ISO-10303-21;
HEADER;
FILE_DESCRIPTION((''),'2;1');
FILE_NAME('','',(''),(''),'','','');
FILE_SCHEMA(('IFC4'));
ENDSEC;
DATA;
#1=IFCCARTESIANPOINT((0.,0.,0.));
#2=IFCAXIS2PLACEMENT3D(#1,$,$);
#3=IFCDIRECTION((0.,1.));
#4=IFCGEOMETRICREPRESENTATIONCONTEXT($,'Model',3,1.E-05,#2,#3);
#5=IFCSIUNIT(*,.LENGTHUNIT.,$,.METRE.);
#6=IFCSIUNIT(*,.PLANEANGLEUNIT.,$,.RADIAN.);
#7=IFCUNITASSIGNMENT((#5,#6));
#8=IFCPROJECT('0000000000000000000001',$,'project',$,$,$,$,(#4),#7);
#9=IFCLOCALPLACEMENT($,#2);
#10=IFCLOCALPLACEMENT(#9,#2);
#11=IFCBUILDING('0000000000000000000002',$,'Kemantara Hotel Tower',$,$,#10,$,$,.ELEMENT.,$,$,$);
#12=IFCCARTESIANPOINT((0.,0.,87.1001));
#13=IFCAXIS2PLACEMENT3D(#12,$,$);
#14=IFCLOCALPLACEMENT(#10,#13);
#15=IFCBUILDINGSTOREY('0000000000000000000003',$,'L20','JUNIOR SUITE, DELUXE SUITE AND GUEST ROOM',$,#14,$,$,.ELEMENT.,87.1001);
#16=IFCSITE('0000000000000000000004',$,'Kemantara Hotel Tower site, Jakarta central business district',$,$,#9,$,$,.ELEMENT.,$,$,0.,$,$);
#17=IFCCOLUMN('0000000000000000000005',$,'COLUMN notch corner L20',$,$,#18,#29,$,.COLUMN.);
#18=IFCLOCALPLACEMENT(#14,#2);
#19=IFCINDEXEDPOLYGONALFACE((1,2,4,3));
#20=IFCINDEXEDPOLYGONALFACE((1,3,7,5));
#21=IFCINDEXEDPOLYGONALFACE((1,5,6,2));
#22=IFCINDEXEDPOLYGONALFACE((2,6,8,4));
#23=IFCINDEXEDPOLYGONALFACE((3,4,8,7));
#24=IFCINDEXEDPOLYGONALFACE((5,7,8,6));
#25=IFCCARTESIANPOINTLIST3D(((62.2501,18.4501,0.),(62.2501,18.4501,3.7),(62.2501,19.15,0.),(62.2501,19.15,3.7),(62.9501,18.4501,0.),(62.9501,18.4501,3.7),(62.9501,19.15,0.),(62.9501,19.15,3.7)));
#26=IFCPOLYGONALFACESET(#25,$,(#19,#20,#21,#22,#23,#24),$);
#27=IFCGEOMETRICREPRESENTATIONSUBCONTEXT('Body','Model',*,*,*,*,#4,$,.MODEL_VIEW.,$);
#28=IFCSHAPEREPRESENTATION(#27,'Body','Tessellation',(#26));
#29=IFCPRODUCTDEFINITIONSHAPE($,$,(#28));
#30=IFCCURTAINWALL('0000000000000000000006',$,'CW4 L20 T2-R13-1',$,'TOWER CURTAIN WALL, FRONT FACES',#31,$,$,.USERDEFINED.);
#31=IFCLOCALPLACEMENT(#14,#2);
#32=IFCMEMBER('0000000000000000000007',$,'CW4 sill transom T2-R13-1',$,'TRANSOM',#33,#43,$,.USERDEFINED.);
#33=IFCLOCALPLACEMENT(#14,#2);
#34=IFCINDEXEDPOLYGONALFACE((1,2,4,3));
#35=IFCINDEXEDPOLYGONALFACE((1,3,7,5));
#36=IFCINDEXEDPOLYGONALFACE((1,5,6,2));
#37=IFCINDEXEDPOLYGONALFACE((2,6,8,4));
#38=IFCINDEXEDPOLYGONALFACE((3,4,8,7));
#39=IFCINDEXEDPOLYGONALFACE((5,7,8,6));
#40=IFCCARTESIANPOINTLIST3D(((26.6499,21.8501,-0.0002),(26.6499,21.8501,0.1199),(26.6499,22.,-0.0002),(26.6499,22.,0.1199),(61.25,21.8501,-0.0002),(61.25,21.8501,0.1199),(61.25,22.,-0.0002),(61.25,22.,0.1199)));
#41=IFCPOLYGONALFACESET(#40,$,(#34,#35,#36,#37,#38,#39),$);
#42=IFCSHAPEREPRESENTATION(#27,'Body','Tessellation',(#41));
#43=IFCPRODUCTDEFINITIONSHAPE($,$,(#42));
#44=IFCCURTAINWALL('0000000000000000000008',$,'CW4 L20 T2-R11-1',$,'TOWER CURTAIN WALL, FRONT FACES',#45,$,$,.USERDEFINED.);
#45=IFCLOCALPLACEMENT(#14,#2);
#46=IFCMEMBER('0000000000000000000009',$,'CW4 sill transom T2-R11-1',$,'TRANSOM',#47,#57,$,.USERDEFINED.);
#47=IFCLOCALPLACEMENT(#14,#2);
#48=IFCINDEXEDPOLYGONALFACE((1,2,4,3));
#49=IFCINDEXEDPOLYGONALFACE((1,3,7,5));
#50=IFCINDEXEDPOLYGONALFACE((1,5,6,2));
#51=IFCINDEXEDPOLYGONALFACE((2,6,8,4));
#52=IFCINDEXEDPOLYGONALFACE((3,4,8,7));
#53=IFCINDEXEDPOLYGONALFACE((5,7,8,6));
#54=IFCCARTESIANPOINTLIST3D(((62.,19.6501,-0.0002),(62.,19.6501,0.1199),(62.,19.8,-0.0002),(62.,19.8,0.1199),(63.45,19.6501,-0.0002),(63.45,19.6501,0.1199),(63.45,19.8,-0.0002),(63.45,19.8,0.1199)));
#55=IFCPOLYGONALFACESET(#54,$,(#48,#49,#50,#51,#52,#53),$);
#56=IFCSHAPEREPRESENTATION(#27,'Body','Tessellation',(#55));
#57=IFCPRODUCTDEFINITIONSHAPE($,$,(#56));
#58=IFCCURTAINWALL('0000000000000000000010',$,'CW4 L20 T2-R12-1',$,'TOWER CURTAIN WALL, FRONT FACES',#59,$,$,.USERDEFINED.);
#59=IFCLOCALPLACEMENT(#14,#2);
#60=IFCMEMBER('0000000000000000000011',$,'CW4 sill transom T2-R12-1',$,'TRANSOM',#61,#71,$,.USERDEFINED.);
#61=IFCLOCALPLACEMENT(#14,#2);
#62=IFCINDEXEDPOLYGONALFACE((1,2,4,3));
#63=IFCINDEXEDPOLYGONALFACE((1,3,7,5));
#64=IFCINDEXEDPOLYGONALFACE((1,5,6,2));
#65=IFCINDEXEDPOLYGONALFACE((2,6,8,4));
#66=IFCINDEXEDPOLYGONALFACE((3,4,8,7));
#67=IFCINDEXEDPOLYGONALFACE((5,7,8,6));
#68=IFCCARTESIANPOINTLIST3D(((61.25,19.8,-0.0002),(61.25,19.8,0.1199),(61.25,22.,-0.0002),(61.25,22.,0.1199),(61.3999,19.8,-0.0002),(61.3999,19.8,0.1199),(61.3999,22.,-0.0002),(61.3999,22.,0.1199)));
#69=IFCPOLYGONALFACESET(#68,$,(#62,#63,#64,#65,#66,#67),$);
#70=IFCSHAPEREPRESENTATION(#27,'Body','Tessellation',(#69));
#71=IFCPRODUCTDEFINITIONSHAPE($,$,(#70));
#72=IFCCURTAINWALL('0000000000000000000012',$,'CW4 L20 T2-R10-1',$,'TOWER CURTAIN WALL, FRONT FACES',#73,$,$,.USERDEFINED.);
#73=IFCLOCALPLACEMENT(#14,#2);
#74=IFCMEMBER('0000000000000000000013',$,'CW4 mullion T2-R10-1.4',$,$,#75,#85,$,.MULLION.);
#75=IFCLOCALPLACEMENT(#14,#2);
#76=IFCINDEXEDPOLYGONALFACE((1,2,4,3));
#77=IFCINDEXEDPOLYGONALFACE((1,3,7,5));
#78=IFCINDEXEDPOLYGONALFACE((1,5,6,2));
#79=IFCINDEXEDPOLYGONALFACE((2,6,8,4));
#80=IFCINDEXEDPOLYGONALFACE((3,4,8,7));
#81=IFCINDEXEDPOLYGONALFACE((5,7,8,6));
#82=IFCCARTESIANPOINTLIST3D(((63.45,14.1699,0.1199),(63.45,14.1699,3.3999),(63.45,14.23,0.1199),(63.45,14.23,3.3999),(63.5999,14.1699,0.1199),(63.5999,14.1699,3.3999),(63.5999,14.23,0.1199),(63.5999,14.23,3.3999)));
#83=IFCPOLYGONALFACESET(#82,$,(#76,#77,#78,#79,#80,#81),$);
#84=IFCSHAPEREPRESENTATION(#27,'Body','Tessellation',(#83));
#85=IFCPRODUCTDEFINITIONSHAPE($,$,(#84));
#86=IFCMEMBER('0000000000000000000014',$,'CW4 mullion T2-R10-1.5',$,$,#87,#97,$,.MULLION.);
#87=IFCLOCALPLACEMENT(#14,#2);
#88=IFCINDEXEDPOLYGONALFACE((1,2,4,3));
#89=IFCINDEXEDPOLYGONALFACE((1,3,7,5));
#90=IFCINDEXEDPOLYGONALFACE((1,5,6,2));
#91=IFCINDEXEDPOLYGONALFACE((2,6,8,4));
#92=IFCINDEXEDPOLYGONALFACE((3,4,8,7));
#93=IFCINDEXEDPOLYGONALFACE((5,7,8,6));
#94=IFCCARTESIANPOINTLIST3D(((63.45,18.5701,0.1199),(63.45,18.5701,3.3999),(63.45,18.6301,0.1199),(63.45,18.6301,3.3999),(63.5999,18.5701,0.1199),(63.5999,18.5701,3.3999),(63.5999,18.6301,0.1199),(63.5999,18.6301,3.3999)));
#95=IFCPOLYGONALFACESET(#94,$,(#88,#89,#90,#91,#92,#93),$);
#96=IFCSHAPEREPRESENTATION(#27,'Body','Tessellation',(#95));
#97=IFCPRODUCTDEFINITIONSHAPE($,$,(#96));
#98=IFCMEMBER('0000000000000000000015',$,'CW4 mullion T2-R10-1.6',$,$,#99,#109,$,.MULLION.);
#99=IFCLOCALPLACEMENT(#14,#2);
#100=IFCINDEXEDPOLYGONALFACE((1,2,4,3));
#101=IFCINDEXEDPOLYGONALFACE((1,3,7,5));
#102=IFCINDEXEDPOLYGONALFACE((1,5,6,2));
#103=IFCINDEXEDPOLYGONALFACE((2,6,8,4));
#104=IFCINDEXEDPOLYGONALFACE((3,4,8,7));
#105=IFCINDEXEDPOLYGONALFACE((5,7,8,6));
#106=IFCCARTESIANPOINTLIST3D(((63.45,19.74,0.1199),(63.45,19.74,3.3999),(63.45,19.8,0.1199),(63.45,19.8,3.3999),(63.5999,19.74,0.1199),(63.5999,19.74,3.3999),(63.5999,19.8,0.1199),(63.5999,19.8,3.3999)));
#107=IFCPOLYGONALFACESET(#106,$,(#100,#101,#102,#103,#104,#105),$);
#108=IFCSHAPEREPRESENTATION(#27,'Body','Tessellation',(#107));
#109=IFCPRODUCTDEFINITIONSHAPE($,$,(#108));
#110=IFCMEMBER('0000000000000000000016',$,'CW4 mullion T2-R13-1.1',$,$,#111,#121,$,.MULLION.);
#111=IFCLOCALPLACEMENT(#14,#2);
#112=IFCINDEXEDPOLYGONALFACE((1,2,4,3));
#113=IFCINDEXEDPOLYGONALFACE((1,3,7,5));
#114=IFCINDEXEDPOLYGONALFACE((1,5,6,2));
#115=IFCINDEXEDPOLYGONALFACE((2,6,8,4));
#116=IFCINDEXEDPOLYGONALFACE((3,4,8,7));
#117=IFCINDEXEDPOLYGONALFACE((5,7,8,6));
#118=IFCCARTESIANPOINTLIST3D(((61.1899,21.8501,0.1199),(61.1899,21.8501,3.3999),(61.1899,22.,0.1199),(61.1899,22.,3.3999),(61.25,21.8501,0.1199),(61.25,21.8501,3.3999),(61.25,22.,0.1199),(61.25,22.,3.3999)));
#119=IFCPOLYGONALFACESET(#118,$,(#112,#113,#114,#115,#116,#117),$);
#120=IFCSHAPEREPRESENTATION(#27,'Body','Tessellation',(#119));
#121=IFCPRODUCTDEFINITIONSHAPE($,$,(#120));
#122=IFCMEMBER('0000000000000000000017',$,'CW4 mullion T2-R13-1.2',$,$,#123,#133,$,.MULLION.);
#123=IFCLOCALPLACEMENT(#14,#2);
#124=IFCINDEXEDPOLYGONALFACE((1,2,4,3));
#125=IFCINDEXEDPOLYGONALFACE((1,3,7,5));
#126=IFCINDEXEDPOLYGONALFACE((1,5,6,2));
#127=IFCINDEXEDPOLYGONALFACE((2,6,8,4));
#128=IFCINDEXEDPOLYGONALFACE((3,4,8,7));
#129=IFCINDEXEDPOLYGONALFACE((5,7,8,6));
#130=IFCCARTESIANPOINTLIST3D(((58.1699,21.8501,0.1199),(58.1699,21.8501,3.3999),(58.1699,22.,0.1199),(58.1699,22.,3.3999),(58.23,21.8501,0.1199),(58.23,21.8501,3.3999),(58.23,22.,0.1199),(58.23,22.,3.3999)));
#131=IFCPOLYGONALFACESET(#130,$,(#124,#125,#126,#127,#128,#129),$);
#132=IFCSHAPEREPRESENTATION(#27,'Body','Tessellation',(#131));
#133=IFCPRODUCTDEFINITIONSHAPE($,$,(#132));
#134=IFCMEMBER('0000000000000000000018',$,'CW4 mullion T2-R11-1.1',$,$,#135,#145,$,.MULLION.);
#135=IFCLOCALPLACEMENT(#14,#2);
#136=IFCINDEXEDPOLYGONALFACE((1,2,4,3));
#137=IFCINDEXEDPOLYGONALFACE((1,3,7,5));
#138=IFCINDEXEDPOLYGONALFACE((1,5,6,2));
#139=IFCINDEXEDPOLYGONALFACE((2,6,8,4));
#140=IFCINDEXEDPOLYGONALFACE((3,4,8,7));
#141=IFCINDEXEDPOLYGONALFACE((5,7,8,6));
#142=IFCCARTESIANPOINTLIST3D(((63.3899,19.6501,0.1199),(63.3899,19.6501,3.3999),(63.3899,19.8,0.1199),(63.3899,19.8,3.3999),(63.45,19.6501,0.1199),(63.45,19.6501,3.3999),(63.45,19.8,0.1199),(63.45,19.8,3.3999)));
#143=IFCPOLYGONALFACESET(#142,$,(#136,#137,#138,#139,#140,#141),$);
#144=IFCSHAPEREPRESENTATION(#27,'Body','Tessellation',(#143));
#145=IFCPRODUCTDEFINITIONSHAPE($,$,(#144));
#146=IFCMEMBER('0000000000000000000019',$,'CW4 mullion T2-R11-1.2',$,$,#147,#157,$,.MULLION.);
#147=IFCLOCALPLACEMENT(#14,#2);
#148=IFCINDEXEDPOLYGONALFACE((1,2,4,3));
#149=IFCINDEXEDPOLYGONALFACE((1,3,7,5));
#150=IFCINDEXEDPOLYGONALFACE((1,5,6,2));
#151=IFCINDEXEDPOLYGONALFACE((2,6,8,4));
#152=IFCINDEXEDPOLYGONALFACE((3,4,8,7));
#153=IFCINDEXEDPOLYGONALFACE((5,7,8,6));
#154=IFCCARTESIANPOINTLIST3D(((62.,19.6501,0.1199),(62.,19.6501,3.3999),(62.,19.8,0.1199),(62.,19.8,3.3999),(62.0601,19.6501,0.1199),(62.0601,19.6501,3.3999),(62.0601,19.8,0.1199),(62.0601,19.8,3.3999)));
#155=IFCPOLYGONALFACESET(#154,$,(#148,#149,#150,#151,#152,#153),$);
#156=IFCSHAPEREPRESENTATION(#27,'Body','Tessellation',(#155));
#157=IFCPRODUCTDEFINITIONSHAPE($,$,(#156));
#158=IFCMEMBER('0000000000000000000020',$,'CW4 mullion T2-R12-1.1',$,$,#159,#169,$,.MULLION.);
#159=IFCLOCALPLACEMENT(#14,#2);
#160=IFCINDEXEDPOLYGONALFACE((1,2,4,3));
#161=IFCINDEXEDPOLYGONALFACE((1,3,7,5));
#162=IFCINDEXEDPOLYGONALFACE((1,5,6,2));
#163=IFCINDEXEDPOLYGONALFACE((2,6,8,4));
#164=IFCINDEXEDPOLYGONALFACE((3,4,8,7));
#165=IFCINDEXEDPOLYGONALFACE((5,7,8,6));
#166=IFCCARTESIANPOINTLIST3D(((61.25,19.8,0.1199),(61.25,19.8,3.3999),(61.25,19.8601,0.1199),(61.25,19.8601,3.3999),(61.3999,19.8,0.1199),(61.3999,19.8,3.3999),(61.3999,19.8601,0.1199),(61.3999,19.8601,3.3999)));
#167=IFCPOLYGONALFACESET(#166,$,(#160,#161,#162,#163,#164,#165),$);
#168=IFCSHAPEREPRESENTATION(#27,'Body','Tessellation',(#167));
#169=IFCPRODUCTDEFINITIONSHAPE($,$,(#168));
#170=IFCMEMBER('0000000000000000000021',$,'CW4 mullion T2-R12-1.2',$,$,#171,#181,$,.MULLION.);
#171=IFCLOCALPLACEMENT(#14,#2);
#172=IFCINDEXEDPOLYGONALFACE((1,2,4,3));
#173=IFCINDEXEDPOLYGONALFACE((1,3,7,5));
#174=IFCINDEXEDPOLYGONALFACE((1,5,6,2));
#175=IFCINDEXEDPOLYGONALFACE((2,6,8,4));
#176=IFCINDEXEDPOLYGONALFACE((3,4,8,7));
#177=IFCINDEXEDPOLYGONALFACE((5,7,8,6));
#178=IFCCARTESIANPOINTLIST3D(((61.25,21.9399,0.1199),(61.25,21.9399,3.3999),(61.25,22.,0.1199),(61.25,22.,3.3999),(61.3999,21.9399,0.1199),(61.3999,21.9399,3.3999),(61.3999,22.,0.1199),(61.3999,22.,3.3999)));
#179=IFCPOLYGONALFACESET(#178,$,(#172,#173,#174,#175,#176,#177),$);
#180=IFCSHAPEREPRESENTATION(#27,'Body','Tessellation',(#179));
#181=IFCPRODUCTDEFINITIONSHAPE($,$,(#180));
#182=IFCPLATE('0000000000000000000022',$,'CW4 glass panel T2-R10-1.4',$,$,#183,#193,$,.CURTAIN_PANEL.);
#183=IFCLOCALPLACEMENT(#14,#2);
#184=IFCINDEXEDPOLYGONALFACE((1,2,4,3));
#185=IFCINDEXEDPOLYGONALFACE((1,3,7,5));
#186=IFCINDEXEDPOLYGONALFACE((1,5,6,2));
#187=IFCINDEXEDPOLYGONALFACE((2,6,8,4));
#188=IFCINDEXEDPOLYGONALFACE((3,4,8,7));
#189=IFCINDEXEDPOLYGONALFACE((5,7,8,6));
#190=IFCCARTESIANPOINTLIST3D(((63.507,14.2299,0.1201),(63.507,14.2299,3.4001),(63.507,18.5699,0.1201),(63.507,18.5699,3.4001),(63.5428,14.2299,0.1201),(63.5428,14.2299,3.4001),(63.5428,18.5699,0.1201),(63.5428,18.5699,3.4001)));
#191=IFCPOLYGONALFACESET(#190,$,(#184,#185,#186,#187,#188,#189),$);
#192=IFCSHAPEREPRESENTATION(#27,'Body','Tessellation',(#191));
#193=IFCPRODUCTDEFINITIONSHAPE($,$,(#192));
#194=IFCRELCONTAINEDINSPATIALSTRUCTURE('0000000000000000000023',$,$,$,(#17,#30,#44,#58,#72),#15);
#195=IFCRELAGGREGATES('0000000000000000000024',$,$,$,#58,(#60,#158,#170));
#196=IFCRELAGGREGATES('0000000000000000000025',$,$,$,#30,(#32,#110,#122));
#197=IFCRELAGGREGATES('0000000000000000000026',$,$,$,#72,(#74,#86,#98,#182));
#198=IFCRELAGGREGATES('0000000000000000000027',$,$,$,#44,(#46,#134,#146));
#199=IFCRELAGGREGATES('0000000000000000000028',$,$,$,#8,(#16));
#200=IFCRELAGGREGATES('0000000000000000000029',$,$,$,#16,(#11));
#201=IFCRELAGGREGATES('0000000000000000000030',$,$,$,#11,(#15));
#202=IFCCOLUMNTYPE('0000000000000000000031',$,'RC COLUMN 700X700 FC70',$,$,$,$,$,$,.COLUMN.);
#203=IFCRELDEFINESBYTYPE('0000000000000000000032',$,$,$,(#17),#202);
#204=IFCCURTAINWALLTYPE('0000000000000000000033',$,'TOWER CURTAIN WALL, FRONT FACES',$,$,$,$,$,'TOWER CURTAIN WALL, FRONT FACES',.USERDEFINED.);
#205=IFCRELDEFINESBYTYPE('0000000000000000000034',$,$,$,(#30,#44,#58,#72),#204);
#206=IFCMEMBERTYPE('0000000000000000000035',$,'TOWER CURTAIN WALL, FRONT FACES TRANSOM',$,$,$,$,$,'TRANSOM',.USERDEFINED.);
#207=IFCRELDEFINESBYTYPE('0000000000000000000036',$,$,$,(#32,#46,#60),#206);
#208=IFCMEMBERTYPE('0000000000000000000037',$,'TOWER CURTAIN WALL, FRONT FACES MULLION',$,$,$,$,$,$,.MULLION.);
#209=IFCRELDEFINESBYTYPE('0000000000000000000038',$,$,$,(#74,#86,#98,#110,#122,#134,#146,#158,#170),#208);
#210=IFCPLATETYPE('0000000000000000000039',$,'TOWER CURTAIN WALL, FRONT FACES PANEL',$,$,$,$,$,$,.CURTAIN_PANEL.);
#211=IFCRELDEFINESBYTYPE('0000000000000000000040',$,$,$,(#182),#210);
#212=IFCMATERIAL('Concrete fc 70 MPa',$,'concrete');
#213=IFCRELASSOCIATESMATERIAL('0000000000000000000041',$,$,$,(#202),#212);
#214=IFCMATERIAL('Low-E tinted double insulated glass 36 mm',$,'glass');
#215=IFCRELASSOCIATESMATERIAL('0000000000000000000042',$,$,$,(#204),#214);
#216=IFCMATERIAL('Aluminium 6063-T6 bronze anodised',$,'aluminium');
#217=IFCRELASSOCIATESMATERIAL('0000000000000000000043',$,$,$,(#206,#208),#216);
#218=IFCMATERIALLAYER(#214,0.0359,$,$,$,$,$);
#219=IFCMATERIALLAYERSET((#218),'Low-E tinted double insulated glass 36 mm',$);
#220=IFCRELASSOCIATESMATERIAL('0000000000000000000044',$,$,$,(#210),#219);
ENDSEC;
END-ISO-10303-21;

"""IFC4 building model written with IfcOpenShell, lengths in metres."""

from ifc_helpers import new_model, si_unit, direction, frame, origin, origin_2d, place, context, subcontext, project, spatial, rectangle, extrude, source, transform, mapped, material, layer, layer_set, material_profile, profile_set, type_object, element, aggregate, save


model = new_model("IFC4")

# Units and contexts
model_context = context("Model", 3, precision=1e-05, world=origin(), true_north=direction((0.0, 1.0)))
body_context = subcontext(model_context, "Body", "Model", "MODEL_VIEW")
ifc_project = project(units=[si_unit("LENGTHUNIT", "METRE"), si_unit("PLANEANGLEUNIT", "RADIAN")], contexts=[model_context])

# Site, building, storey
site_placement = place(None, origin())
site = spatial("IfcSite", under=ifc_project, at=site_placement, Name="Kemantara Hotel Tower site, Jakarta central business district", CompositionType="ELEMENT", RefElevation=0.0)
building_placement = place(site_placement, origin())
building = spatial("IfcBuilding", under=site, at=building_placement, Name="Kemantara Hotel Tower", CompositionType="ELEMENT")
storey_placement = place(building_placement, frame((0.0, 0.0, 87.1001)))
storey = spatial("IfcBuildingStorey", under=building, at=storey_placement, Name="L20", Description="JUNIOR SUITE, DELUXE SUITE AND GUEST ROOM", CompositionType="ELEMENT", Elevation=87.1001)

# Column
ifc_material_1 = material(Name="Concrete fc 70 MPa", Category="concrete")
ifc_material_profile_1 = material_profile(ifc_material_1, rectangle(XDim=0.7, YDim=0.7, at=origin_2d()), Name="RC 700X700")
ifc_profile_set_1 = profile_set([ifc_material_profile_1], Name="Concrete fc 70 MPa")
column_type = type_object("IfcColumnType", Name="RC COLUMN 700X700 FC70", PredefinedType="COLUMN", material=ifc_profile_set_1)
column_placement = place(storey_placement, frame((62.6001, 18.8, 0.0), z_axis=(0.0, 0.0, 1.0), x_axis=(1.0, 0.0, 0.0)))
element("IfcColumn", 1, at=column_placement, inside=storey, type_object=column_type, Name="COLUMN notch corner L20", PredefinedType="COLUMN", context=body_context, shape_type="SweptSolid", body=[
    extrude(rectangle(XDim=0.7, YDim=0.7, at=origin_2d()), origin(), (0.0, 0.0, 1.0), 3.7),
])

# Curtain walls, members
ifc_material_2 = material(Name="Low-E tinted double insulated glass 36 mm", Category="glass")
curtain_wall_type = type_object("IfcCurtainWallType", Name="TOWER CURTAIN WALL, FRONT FACES", ElementType="TOWER CURTAIN WALL, FRONT FACES", PredefinedType="USERDEFINED", material=ifc_material_2)
curtain_wall_1_placement = place(storey_placement, origin())
curtain_wall_1 = element("IfcCurtainWall", 2, at=curtain_wall_1_placement, inside=storey, type_object=curtain_wall_type, Name="CW4 L20 T2-R13-1", ObjectType="TOWER CURTAIN WALL, FRONT FACES", PredefinedType="USERDEFINED")
ifc_material_3 = material(Name="Aluminium 6063-T6 bronze anodised", Category="aluminium")
ifc_material_profile_2 = material_profile(ifc_material_3, rectangle(XDim=0.1499, YDim=0.1201, at=origin_2d()), Name="TOWER CURTAIN WALL, FRONT FACES TRANSOM")
ifc_profile_set_2 = profile_set([ifc_material_profile_2], Name="Aluminium 6063-T6 bronze anodised")
member_type_1 = type_object("IfcMemberType", Name="TOWER CURTAIN WALL, FRONT FACES TRANSOM", ElementType="TRANSOM", PredefinedType="USERDEFINED", material=ifc_profile_set_2)
member_1_placement = place(storey_placement, frame((61.25, 21.925, 0.0598), z_axis=(-1.0, 0.0, 0.0), x_axis=(0.0, -1.0, 0.0)))
member_1 = element("IfcMember", 3, at=member_1_placement, type_object=member_type_1, Name="CW4 sill transom T2-R13-1", ObjectType="TRANSOM", PredefinedType="USERDEFINED", context=body_context, shape_type="SweptSolid", body=[
    extrude(rectangle(XDim=0.1499, YDim=0.1201, at=origin_2d()), origin(), (0.0, 0.0, 1.0), 34.6001),
])
curtain_wall_2_placement = place(storey_placement, origin())
curtain_wall_2 = element("IfcCurtainWall", 4, at=curtain_wall_2_placement, inside=storey, type_object=curtain_wall_type, Name="CW4 L20 T2-R11-1", ObjectType="TOWER CURTAIN WALL, FRONT FACES", PredefinedType="USERDEFINED")
member_2_placement = place(storey_placement, frame((63.45, 19.7251, 0.0598), z_axis=(-1.0, 0.0, 0.0), x_axis=(0.0, -1.0, 0.0)))
member_2 = element("IfcMember", 5, at=member_2_placement, type_object=member_type_1, Name="CW4 sill transom T2-R11-1", ObjectType="TRANSOM", PredefinedType="USERDEFINED", context=body_context, shape_type="SweptSolid", body=[
    extrude(rectangle(XDim=0.1499, YDim=0.1201, at=origin_2d()), origin(), (0.0, 0.0, 1.0), 1.45),
])
curtain_wall_3_placement = place(storey_placement, origin())
curtain_wall_3 = element("IfcCurtainWall", 6, at=curtain_wall_3_placement, inside=storey, type_object=curtain_wall_type, Name="CW4 L20 T2-R12-1", ObjectType="TOWER CURTAIN WALL, FRONT FACES", PredefinedType="USERDEFINED")
member_3_placement = place(storey_placement, frame((61.325, 19.8, 0.0598), z_axis=(0.0, 1.0, 0.0), x_axis=(-1.0, 0.0, 0.0)))
member_3 = element("IfcMember", 7, at=member_3_placement, type_object=member_type_1, Name="CW4 sill transom T2-R12-1", ObjectType="TRANSOM", PredefinedType="USERDEFINED", context=body_context, shape_type="SweptSolid", body=[
    extrude(rectangle(XDim=0.1499, YDim=0.1201, at=origin_2d()), origin(), (0.0, 0.0, 1.0), 2.2),
])

# Curtain wall, members
curtain_wall_4_placement = place(storey_placement, origin())
curtain_wall_4 = element("IfcCurtainWall", 8, at=curtain_wall_4_placement, inside=storey, type_object=curtain_wall_type, Name="CW4 L20 T2-R10-1", ObjectType="TOWER CURTAIN WALL, FRONT FACES", PredefinedType="USERDEFINED")
ifc_material_profile_3 = material_profile(ifc_material_3, rectangle(XDim=0.1499, YDim=0.0601, at=origin_2d()), Name="TOWER CURTAIN WALL, FRONT FACES MULLION")
ifc_profile_set_3 = profile_set([ifc_material_profile_3], Name="Aluminium 6063-T6 bronze anodised")
member_type_2 = type_object("IfcMemberType", Name="TOWER CURTAIN WALL, FRONT FACES MULLION", PredefinedType="MULLION", material=ifc_profile_set_3)
shared_shape_1 = source(origin(), body_context, "Body", "SweptSolid", [
    extrude(rectangle(XDim=0.1499, YDim=0.0601, at=origin_2d()), origin(), (0.0, 0.0, 1.0), 3.28),
])
member_4_placement = place(storey_placement, frame((63.5249, 14.2, 0.1199), z_axis=(0.0, 0.0, 1.0), x_axis=(-1.0, 0.0, 0.0)))
member_4 = element("IfcMember", 9, at=member_4_placement, type_object=member_type_2, Name="CW4 mullion T2-R10-1.4", PredefinedType="MULLION", context=body_context, shape_type="MappedRepresentation", body=[
    mapped(shared_shape_1, transform((0.0, 0.0, 0.0))),
])
member_5_placement = place(storey_placement, frame((63.5249, 18.6001, 0.1199), z_axis=(0.0, 0.0, 1.0), x_axis=(-1.0, 0.0, 0.0)))
member_5 = element("IfcMember", 10, at=member_5_placement, type_object=member_type_2, Name="CW4 mullion T2-R10-1.5", PredefinedType="MULLION", context=body_context, shape_type="MappedRepresentation", body=[
    mapped(shared_shape_1, transform((0.0, 0.0, 0.0))),
])
member_6_placement = place(storey_placement, frame((63.5249, 19.77, 0.1199), z_axis=(0.0, 0.0, 1.0), x_axis=(-1.0, 0.0, 0.0)))
member_6 = element("IfcMember", 11, at=member_6_placement, type_object=member_type_2, Name="CW4 mullion T2-R10-1.6", PredefinedType="MULLION", context=body_context, shape_type="MappedRepresentation", body=[
    mapped(shared_shape_1, transform((0.0, 0.0, 0.0))),
])

# Members
member_7_placement = place(storey_placement, frame((61.22, 21.925, 0.1199), z_axis=(0.0, 0.0, 1.0), x_axis=(0.0, -1.0, 0.0)))
member_7 = element("IfcMember", 12, at=member_7_placement, type_object=member_type_2, Name="CW4 mullion T2-R13-1.1", PredefinedType="MULLION", context=body_context, shape_type="MappedRepresentation", body=[
    mapped(shared_shape_1, transform((0.0, 0.0, 0.0))),
])
member_8_placement = place(storey_placement, frame((58.2, 21.925, 0.1199), z_axis=(0.0, 0.0, 1.0), x_axis=(0.0, -1.0, 0.0)))
member_8 = element("IfcMember", 13, at=member_8_placement, type_object=member_type_2, Name="CW4 mullion T2-R13-1.2", PredefinedType="MULLION", context=body_context, shape_type="MappedRepresentation", body=[
    mapped(shared_shape_1, transform((0.0, 0.0, 0.0))),
])
member_9_placement = place(storey_placement, frame((63.4199, 19.7251, 0.1199), z_axis=(0.0, 0.0, 1.0), x_axis=(0.0, -1.0, 0.0)))
member_9 = element("IfcMember", 14, at=member_9_placement, type_object=member_type_2, Name="CW4 mullion T2-R11-1.1", PredefinedType="MULLION", context=body_context, shape_type="MappedRepresentation", body=[
    mapped(shared_shape_1, transform((0.0, 0.0, 0.0))),
])
member_10_placement = place(storey_placement, frame((62.03, 19.7251, 0.1199), z_axis=(0.0, 0.0, 1.0), x_axis=(0.0, -1.0, 0.0)))
member_10 = element("IfcMember", 15, at=member_10_placement, type_object=member_type_2, Name="CW4 mullion T2-R11-1.2", PredefinedType="MULLION", context=body_context, shape_type="MappedRepresentation", body=[
    mapped(shared_shape_1, transform((0.0, 0.0, 0.0))),
])
member_11_placement = place(storey_placement, frame((61.325, 19.8301, 0.1199), z_axis=(0.0, 0.0, 1.0), x_axis=(-1.0, 0.0, 0.0)))
member_11 = element("IfcMember", 16, at=member_11_placement, type_object=member_type_2, Name="CW4 mullion T2-R12-1.1", PredefinedType="MULLION", context=body_context, shape_type="MappedRepresentation", body=[
    mapped(shared_shape_1, transform((0.0, 0.0, 0.0))),
])
member_12_placement = place(storey_placement, frame((61.325, 21.97, 0.1199), z_axis=(0.0, 0.0, 1.0), x_axis=(-1.0, 0.0, 0.0)))
member_12 = element("IfcMember", 17, at=member_12_placement, type_object=member_type_2, Name="CW4 mullion T2-R12-1.2", PredefinedType="MULLION", context=body_context, shape_type="MappedRepresentation", body=[
    mapped(shared_shape_1, transform((0.0, 0.0, 0.0))),
])

# Plate
ifc_layer_1 = layer(ifc_material_2, 0.0359)
ifc_layer_set_1 = layer_set([ifc_layer_1], Name="Low-E tinted double insulated glass 36 mm")
plate_type = type_object("IfcPlateType", Name="TOWER CURTAIN WALL, FRONT FACES PANEL", PredefinedType="CURTAIN_PANEL", material=ifc_layer_set_1)
shared_shape_2 = source(origin(), body_context, "Body", "SweptSolid", [
    extrude(rectangle(XDim=4.3401, YDim=0.0359, at=origin_2d()), origin(), (0.0, 0.0, 1.0), 3.28),
])
plate_1_placement = place(storey_placement, frame((63.5249, 16.3999, 0.1201), z_axis=(0.0, 0.0, 1.0), x_axis=(0.0, 1.0, 0.0)))
plate_1 = element("IfcPlate", 18, at=plate_1_placement, type_object=plate_type, Name="CW4 glass panel T2-R10-1.4", PredefinedType="CURTAIN_PANEL", context=body_context, shape_type="MappedRepresentation", body=[
    mapped(shared_shape_2, transform((0.0, 0.0, 0.0))),
])
aggregate(curtain_wall_3, [member_3, member_11, member_12])
aggregate(curtain_wall_1, [member_1, member_7, member_8])
aggregate(curtain_wall_4, [member_4, member_5, member_6, plate_1])
aggregate(curtain_wall_2, [member_2, member_9, member_10])

save(model, "model.ifc")
